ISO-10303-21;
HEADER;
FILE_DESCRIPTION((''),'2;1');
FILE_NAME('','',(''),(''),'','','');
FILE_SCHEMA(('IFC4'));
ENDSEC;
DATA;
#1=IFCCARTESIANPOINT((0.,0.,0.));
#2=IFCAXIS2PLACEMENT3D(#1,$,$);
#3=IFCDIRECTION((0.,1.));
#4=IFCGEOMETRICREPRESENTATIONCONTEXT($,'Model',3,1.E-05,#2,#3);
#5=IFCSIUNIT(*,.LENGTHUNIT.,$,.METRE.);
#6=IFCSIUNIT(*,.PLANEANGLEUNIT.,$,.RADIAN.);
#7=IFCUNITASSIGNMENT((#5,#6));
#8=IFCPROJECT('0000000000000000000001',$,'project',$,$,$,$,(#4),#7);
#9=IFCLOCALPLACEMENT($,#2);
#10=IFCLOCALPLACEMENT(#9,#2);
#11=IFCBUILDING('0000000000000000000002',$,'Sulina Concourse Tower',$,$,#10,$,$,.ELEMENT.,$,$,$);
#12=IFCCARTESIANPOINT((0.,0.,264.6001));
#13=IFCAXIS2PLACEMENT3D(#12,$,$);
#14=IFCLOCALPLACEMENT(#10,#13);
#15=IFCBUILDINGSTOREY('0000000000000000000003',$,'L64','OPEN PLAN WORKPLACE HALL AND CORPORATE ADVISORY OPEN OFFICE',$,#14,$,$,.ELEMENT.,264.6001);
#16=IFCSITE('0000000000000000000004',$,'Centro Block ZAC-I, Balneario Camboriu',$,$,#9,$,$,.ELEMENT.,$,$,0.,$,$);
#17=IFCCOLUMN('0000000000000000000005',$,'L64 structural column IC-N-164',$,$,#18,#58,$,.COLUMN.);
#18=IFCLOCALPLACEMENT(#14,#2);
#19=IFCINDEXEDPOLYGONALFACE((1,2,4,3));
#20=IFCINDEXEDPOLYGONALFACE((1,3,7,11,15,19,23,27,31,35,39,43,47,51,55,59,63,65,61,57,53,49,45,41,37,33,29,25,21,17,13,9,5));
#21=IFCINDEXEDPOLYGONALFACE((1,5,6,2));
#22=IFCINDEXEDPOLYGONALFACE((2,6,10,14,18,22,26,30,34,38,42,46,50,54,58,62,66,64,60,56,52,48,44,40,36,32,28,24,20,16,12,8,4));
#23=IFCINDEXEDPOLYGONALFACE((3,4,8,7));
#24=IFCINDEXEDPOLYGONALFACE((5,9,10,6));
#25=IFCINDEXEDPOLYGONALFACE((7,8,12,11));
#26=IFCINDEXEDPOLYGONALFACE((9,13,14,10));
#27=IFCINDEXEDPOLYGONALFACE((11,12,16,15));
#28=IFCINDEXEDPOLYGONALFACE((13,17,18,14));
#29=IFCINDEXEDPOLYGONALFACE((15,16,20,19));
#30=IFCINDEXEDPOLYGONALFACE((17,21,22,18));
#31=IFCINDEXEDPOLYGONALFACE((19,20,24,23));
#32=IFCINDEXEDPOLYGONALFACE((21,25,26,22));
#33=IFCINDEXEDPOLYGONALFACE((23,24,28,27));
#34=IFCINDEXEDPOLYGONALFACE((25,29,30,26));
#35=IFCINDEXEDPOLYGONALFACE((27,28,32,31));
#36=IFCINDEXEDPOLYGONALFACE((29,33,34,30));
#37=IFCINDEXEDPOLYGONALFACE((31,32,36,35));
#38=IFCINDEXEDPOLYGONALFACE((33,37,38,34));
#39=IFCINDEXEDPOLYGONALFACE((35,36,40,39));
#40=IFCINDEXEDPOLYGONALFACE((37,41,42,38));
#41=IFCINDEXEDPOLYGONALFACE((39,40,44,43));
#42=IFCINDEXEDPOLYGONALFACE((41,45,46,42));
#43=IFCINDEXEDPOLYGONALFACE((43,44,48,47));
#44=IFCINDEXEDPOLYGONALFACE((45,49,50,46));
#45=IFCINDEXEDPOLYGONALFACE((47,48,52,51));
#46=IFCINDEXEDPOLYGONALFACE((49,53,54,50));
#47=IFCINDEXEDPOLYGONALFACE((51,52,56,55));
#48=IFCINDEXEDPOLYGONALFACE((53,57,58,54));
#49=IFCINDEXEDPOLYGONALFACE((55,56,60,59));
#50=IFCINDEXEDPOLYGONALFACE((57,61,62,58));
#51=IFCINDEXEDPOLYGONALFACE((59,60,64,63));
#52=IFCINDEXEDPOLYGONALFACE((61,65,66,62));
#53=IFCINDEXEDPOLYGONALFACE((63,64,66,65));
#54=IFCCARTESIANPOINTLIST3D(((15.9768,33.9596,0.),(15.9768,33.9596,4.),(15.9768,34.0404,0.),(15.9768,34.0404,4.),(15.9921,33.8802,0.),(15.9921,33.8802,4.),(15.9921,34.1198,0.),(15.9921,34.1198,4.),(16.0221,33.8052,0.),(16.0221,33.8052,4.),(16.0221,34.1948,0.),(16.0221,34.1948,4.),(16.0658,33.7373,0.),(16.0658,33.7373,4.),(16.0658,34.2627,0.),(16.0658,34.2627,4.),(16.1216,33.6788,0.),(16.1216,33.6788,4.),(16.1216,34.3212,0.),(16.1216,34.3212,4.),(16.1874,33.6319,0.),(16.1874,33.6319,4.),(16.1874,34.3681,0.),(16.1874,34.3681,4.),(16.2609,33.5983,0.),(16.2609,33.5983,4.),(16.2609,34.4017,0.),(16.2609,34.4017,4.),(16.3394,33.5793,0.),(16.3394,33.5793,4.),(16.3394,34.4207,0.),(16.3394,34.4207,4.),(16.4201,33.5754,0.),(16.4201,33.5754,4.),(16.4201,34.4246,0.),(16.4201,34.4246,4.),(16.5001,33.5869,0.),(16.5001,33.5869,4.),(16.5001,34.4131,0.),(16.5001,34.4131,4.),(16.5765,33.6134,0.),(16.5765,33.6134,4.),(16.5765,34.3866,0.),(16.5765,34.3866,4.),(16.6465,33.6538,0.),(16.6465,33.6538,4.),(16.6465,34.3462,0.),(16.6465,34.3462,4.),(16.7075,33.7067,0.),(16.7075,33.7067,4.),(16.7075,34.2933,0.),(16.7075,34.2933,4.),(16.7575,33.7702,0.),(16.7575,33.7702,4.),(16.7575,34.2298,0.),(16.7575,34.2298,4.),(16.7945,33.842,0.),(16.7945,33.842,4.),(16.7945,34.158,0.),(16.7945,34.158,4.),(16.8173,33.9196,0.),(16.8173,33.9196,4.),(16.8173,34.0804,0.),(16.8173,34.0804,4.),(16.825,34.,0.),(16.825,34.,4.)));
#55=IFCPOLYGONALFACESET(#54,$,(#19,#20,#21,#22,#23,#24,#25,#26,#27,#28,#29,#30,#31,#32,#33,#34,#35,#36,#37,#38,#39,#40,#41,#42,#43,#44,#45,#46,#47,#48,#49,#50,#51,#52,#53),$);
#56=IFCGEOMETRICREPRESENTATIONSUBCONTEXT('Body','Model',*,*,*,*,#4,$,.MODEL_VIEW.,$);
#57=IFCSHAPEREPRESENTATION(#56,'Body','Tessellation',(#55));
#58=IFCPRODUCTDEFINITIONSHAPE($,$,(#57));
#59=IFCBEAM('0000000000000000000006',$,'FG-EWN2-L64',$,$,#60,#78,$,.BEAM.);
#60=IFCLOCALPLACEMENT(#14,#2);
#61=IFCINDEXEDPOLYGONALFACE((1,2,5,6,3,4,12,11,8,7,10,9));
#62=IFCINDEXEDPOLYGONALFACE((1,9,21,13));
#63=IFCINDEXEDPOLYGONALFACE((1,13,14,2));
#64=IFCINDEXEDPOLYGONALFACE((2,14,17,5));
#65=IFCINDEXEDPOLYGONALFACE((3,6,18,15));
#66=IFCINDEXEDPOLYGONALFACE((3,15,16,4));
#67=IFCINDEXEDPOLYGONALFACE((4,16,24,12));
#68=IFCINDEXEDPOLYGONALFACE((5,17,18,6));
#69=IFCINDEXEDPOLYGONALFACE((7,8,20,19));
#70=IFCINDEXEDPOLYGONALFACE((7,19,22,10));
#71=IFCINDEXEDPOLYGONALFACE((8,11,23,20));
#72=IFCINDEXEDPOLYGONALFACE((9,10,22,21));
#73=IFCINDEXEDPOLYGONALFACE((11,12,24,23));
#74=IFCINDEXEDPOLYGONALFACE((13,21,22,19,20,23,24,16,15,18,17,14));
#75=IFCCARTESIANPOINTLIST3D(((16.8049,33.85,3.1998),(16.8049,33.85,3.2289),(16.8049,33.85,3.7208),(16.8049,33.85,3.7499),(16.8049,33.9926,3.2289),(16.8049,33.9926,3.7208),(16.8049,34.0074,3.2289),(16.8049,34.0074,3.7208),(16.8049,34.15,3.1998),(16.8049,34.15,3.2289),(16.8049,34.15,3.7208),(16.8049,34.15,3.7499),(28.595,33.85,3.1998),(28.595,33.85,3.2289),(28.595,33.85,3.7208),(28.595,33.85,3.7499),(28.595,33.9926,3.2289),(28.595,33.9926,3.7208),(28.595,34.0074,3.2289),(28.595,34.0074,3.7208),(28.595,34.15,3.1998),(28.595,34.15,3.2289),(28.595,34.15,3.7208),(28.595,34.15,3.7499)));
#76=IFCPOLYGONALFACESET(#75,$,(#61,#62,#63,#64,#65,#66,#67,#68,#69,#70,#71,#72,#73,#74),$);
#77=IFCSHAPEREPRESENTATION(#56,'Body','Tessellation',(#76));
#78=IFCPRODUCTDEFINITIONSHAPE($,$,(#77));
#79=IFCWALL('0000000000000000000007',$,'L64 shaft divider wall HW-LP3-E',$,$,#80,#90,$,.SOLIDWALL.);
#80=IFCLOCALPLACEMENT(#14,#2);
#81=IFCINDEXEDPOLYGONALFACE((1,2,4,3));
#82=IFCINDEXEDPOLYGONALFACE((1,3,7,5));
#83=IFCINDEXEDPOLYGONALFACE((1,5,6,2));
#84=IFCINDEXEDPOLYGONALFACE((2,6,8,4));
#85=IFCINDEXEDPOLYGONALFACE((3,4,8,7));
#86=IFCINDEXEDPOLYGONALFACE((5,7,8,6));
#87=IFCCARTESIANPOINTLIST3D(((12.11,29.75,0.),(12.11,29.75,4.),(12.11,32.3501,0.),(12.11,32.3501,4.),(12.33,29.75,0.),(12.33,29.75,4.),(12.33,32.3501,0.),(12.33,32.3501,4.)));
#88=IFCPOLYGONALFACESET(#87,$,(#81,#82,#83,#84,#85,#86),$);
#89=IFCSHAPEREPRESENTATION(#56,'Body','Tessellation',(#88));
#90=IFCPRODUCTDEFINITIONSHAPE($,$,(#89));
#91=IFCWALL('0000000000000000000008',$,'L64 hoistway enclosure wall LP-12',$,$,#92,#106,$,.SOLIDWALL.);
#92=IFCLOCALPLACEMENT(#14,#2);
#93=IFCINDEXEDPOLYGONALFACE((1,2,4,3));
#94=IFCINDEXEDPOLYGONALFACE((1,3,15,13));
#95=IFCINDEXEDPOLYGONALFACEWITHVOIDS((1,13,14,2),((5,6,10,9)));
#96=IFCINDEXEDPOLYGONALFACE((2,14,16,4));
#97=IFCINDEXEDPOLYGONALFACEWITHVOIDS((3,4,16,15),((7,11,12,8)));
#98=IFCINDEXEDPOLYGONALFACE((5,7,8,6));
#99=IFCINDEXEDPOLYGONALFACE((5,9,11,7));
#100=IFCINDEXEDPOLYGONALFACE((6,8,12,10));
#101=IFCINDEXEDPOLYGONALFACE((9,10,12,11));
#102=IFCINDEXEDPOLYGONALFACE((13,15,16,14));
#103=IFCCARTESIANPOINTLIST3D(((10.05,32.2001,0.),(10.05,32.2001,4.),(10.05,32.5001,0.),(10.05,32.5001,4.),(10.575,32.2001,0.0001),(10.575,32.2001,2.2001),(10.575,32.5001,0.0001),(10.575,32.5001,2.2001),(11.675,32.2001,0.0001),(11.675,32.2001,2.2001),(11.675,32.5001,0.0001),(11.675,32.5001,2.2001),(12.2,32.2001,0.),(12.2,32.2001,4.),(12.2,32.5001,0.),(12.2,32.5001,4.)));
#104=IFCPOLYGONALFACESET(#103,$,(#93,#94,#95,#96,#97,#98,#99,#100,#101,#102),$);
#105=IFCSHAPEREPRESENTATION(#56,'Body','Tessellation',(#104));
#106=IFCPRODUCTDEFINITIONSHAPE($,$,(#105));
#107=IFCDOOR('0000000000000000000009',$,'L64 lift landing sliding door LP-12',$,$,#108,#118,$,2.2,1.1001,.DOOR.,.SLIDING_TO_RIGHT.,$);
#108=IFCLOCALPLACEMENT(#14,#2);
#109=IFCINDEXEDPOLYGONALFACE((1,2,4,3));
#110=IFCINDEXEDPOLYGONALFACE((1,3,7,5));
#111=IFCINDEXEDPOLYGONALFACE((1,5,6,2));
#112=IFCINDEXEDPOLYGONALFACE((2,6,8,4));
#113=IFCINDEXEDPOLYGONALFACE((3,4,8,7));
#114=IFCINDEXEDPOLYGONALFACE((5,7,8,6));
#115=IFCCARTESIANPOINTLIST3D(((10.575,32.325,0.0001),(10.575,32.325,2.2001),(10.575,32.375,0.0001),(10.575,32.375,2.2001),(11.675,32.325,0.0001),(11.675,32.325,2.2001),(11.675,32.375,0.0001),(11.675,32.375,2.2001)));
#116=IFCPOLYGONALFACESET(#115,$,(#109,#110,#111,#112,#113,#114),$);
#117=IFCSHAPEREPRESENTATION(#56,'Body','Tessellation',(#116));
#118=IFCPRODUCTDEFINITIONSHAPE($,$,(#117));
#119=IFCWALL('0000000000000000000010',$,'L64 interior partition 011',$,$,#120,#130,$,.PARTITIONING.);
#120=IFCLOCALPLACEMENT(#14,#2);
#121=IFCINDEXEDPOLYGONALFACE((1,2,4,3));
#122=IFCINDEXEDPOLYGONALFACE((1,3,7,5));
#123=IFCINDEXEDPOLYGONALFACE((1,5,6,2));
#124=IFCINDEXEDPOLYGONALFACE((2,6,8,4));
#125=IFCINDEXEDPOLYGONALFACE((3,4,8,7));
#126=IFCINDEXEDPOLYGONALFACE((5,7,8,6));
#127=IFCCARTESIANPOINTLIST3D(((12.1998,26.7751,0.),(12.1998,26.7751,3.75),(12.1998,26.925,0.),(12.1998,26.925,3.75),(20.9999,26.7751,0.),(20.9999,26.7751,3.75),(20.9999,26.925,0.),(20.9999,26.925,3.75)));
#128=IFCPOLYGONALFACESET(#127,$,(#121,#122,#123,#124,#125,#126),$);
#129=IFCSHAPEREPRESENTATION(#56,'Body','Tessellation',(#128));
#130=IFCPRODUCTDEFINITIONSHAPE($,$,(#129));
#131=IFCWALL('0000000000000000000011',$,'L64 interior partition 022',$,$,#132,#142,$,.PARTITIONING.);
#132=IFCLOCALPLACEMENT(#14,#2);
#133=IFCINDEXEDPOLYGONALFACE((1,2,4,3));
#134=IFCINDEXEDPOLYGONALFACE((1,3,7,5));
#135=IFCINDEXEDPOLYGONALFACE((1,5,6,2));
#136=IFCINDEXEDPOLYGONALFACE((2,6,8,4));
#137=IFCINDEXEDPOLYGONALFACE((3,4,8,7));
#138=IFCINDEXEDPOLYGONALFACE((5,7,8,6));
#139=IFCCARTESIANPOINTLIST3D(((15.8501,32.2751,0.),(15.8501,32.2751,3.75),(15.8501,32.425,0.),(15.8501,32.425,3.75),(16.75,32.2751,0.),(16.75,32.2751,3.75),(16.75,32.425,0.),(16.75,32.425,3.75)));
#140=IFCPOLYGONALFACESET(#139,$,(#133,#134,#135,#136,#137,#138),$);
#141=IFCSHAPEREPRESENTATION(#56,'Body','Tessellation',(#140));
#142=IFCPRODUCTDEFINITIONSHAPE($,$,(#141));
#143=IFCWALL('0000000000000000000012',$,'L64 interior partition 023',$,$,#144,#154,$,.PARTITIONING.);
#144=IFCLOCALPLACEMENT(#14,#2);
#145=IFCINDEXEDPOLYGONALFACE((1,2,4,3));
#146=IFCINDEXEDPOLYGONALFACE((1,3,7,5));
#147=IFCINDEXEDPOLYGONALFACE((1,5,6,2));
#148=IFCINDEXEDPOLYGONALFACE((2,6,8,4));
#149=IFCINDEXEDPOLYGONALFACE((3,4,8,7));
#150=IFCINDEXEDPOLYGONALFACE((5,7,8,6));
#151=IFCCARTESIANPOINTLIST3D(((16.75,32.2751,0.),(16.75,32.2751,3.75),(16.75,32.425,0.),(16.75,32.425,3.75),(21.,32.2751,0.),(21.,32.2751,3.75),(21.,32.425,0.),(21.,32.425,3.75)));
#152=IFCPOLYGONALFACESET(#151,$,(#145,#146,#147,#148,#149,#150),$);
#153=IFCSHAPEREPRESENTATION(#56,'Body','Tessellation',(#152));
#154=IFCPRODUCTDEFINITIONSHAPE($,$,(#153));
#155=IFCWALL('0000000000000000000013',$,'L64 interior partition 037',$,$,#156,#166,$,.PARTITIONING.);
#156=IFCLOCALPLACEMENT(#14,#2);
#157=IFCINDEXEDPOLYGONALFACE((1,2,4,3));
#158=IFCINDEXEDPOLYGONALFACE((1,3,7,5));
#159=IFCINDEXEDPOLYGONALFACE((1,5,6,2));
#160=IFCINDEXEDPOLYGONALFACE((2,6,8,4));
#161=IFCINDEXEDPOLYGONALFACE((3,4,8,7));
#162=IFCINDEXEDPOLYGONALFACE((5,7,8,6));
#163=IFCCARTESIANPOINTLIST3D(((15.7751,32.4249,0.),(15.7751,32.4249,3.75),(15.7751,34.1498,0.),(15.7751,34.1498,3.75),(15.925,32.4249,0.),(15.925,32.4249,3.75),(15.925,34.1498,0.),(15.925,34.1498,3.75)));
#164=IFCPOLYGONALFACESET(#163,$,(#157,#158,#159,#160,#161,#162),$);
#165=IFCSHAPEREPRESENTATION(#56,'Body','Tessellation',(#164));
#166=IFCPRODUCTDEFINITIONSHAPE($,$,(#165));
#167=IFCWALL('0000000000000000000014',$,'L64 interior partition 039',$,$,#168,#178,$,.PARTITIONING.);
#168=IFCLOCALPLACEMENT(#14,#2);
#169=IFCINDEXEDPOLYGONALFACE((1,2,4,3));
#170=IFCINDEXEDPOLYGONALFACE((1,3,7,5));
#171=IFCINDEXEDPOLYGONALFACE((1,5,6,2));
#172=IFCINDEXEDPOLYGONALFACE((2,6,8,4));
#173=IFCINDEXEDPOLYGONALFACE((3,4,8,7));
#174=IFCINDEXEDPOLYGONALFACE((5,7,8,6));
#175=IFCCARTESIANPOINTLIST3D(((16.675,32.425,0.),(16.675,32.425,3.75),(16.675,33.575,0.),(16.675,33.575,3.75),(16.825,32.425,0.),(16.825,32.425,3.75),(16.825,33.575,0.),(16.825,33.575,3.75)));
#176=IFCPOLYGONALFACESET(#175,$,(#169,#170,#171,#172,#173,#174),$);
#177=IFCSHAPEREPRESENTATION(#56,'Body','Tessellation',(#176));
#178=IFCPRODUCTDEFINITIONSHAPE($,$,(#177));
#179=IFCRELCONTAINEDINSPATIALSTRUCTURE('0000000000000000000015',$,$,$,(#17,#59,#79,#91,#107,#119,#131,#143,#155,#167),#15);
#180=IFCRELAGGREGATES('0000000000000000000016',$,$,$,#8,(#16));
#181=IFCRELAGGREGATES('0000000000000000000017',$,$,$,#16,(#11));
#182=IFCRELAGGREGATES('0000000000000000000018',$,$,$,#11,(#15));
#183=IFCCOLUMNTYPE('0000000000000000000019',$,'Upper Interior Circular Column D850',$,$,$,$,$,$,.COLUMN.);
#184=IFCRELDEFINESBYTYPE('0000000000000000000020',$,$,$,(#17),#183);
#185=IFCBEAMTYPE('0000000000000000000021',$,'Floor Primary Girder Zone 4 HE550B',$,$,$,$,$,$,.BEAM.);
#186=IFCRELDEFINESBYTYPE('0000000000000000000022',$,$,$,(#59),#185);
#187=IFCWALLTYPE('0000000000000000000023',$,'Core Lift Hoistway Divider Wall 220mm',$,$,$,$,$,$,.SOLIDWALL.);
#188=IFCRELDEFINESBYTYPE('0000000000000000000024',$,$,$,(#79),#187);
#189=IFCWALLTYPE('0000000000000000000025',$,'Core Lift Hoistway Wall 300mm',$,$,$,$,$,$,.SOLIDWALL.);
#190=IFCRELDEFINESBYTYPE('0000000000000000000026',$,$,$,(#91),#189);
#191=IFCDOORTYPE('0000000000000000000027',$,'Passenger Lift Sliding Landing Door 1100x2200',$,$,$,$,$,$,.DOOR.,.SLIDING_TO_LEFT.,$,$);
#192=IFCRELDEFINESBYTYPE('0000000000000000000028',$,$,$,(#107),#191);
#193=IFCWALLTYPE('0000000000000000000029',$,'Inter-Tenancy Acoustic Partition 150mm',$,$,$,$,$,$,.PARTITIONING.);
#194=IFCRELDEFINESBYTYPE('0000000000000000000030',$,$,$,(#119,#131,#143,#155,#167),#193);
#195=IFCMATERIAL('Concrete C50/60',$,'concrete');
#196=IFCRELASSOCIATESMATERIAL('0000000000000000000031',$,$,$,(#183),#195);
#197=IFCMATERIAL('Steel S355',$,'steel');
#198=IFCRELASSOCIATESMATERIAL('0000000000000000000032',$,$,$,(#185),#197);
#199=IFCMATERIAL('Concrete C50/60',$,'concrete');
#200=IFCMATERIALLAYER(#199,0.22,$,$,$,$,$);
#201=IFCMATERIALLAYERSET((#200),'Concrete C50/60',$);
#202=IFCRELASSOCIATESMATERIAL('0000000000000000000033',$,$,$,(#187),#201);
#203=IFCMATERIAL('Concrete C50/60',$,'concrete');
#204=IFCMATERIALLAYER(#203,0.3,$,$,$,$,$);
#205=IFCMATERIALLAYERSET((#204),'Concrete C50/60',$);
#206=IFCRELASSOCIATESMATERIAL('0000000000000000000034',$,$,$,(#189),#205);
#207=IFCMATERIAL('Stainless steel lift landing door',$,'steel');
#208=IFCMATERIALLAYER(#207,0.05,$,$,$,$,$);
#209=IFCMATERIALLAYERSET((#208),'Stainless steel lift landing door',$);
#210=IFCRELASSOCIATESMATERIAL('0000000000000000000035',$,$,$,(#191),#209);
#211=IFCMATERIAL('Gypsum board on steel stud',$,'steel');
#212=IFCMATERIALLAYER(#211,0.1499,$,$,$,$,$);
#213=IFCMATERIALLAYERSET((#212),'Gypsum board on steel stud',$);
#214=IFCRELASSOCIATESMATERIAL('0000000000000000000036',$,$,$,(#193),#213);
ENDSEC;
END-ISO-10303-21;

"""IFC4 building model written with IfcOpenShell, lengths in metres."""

from ifc_helpers import new_model, si_unit, direction, frame, frame_2d, origin, origin_2d, place, context, subcontext, project, spatial, rectangle, circle, i_section, extrude, material, layer, layer_set, material_profile, profile_set, type_object, element, fill, save


model = new_model("IFC4")

# Units and contexts
model_context = context("Model", 3, precision=1e-05, world=origin(), true_north=direction((0.0, 1.0)))
body_context = subcontext(model_context, "Body", "Model", "MODEL_VIEW")
ifc_project = project(units=[si_unit("LENGTHUNIT", "METRE"), si_unit("PLANEANGLEUNIT", "RADIAN")], contexts=[model_context])

# Site, building, storey
site_placement = place(None, origin())
site = spatial("IfcSite", under=ifc_project, at=site_placement, Name="Centro Block ZAC-I, Balneario Camboriu", CompositionType="ELEMENT", RefElevation=0.0)
building_placement = place(site_placement, origin())
building = spatial("IfcBuilding", under=site, at=building_placement, Name="Sulina Concourse Tower", CompositionType="ELEMENT")
storey_placement = place(building_placement, frame((0.0, 0.0, 264.6001)))
storey = spatial("IfcBuildingStorey", under=building, at=storey_placement, Name="L64", Description="OPEN PLAN WORKPLACE HALL AND CORPORATE ADVISORY OPEN OFFICE", CompositionType="ELEMENT", Elevation=264.6001)

# Column
ifc_material_1 = material(Name="Concrete C50/60", Category="concrete")
ifc_material_profile_1 = material_profile(ifc_material_1, circle(Radius=0.425, at=origin_2d()), Name="RC D850")
ifc_profile_set_1 = profile_set([ifc_material_profile_1], Name="Concrete C50/60")
column_type = type_object("IfcColumnType", Name="Upper Interior Circular Column D850", PredefinedType="COLUMN", material=ifc_profile_set_1)
column_placement = place(storey_placement, frame((16.3999, 34.0, 0.0), z_axis=(0.0, 0.0, 1.0), x_axis=(1.0, 0.0, 0.0)))
element("IfcColumn", 1, at=column_placement, inside=storey, type_object=column_type, Name="L64 structural column IC-N-164", PredefinedType="COLUMN", context=body_context, shape_type="SweptSolid", body=[
    extrude(circle(Radius=0.425, at=origin_2d()), origin(), (0.0, 0.0, 1.0), 4.0),
])

# Beam
ifc_material_2 = material(Name="Steel S355", Category="steel")
ifc_material_profile_2 = material_profile(ifc_material_2, i_section(OverallWidth=0.3, OverallDepth=0.55, WebThickness=0.0149, FlangeThickness=0.0291, at=origin_2d()), Name="HE 550 B")
ifc_profile_set_2 = profile_set([ifc_material_profile_2], Name="Steel S355")
beam_type = type_object("IfcBeamType", Name="Floor Primary Girder Zone 4 HE550B", PredefinedType="BEAM", material=ifc_profile_set_2)
beam_placement = place(storey_placement, frame((16.8049, 34.0, 3.4749), z_axis=(1.0, 0.0, 0.0), x_axis=(0.0, 1.0, 0.0)))
element("IfcBeam", 2, at=beam_placement, inside=storey, type_object=beam_type, Name="FG-EWN2-L64", PredefinedType="BEAM", context=body_context, shape_type="SweptSolid", body=[
    extrude(i_section(OverallWidth=0.3, OverallDepth=0.55, WebThickness=0.0149, FlangeThickness=0.0291, at=origin_2d()), origin(), (0.0, 0.0, 1.0), 11.79),
])

# Wall
ifc_material_3 = material(Name="Concrete C50/60", Category="concrete")
ifc_layer_1 = layer(ifc_material_3, 0.22)
ifc_layer_set_1 = layer_set([ifc_layer_1], Name="Concrete C50/60")
wall_type_1 = type_object("IfcWallType", Name="Core Lift Hoistway Divider Wall 220mm", PredefinedType="SOLIDWALL", material=ifc_layer_set_1)
wall_1_placement = place(storey_placement, frame((12.22, 29.75, 0.0), z_axis=(0.0, 0.0, 1.0), x_axis=(0.0, 1.0, 0.0)))
element("IfcWall", 3, at=wall_1_placement, inside=storey, type_object=wall_type_1, Name="L64 shaft divider wall HW-LP3-E", PredefinedType="SOLIDWALL", context=body_context, shape_type="SweptSolid", body=[
    extrude(rectangle(XDim=2.6001, YDim=0.22, at=frame_2d((1.3, 0.0))), origin(), (0.0, 0.0, 1.0), 4.0),
])

# Wall, opening, door
ifc_material_4 = material(Name="Concrete C50/60", Category="concrete")
ifc_layer_2 = layer(ifc_material_4, 0.3)
ifc_layer_set_2 = layer_set([ifc_layer_2], Name="Concrete C50/60")
wall_type_2 = type_object("IfcWallType", Name="Core Lift Hoistway Wall 300mm", PredefinedType="SOLIDWALL", material=ifc_layer_set_2)
wall_2_placement = place(storey_placement, frame((10.05, 32.3501, 0.0), z_axis=(0.0, 0.0, 1.0), x_axis=(1.0, 0.0, 0.0)))
wall_2 = element("IfcWall", 4, at=wall_2_placement, inside=storey, type_object=wall_type_2, Name="L64 hoistway enclosure wall LP-12", PredefinedType="SOLIDWALL", context=body_context, shape_type="SweptSolid", body=[
    extrude(rectangle(XDim=2.1499, YDim=0.3, at=frame_2d((1.075, 0.0))), origin(), (0.0, 0.0, 1.0), 4.0),
])
opening_1_placement = place(wall_2_placement, frame((0.5249, 0.0, 0.0)))
opening_1 = element("IfcOpeningElement", 5, at=opening_1_placement, cuts=wall_2, PredefinedType="OPENING", context=body_context, shape_type="SweptSolid", body=[
    extrude(rectangle(XDim=1.1001, YDim=2.2, at=frame_2d((0.55, 1.1001))), frame((0.0, 0.1599, 0.0), z_axis=(0.0, -1.0, 0.0), x_axis=(1.0, 0.0, 0.0)), (0.0, 0.0, 1.0), 0.3201),
])
ifc_material_5 = material(Name="Stainless steel lift landing door", Category="steel")
ifc_layer_3 = layer(ifc_material_5, 0.05)
ifc_layer_set_3 = layer_set([ifc_layer_3], Name="Stainless steel lift landing door")
door_type_1 = type_object("IfcDoorType", Name="Passenger Lift Sliding Landing Door 1100x2200", OperationType="SLIDING_TO_LEFT", PredefinedType="DOOR", material=ifc_layer_set_3)
door_1_placement = place(opening_1_placement, origin())
door_1 = element("IfcDoor", 6, at=door_1_placement, inside=storey, type_object=door_type_1, Name="L64 lift landing sliding door LP-12", OperationType="SLIDING_TO_RIGHT", OverallHeight=2.2, OverallWidth=1.1001, PredefinedType="DOOR", context=body_context, shape_type="SweptSolid", body=[
    extrude(rectangle(XDim=1.1001, YDim=2.2, at=frame_2d((0.55, 1.1001))), frame((0.0, 0.0249, 0.0), z_axis=(0.0, -1.0, 0.0), x_axis=(1.0, 0.0, 0.0)), (0.0, 0.0, 1.0), 0.05),
])
fill(opening_1, door_1)

# Wall
ifc_material_6 = material(Name="Gypsum board on steel stud", Category="steel")
ifc_layer_4 = layer(ifc_material_6, 0.1499)
ifc_layer_set_4 = layer_set([ifc_layer_4], Name="Gypsum board on steel stud")
wall_type_3 = type_object("IfcWallType", Name="Inter-Tenancy Acoustic Partition 150mm", PredefinedType="PARTITIONING", material=ifc_layer_set_4)
wall_3_placement = place(storey_placement, frame((12.2, 26.8501, 0.0), z_axis=(0.0, 0.0, 1.0), x_axis=(1.0, 0.0, 0.0)))
element("IfcWall", 7, at=wall_3_placement, inside=storey, type_object=wall_type_3, Name="L64 interior partition 011", PredefinedType="PARTITIONING", context=body_context, shape_type="SweptSolid", body=[
    extrude(rectangle(XDim=8.8, YDim=0.1499, at=frame_2d((4.3999, 0.0))), origin(), (0.0, 0.0, 1.0), 3.75),
])

# Walls
wall_4_placement = place(storey_placement, frame((15.8501, 32.3501, 0.0), z_axis=(0.0, 0.0, 1.0), x_axis=(1.0, 0.0, 0.0)))
element("IfcWall", 8, at=wall_4_placement, inside=storey, type_object=wall_type_3, Name="L64 interior partition 022", PredefinedType="PARTITIONING", context=body_context, shape_type="SweptSolid", body=[
    extrude(rectangle(XDim=0.8999, YDim=0.1499, at=frame_2d((0.45, 0.0))), origin(), (0.0, 0.0, 1.0), 3.75),
])
wall_5_placement = place(storey_placement, frame((16.75, 32.3501, 0.0), z_axis=(0.0, 0.0, 1.0), x_axis=(1.0, 0.0, 0.0)))
element("IfcWall", 9, at=wall_5_placement, inside=storey, type_object=wall_type_3, Name="L64 interior partition 023", PredefinedType="PARTITIONING", context=body_context, shape_type="SweptSolid", body=[
    extrude(rectangle(XDim=4.25, YDim=0.1499, at=frame_2d((2.125, 0.0))), origin(), (0.0, 0.0, 1.0), 3.75),
])
wall_6_placement = place(storey_placement, frame((15.8501, 32.425, 0.0), z_axis=(0.0, 0.0, 1.0), x_axis=(0.0, 1.0, 0.0)))
element("IfcWall", 10, at=wall_6_placement, inside=storey, type_object=wall_type_3, Name="L64 interior partition 037", PredefinedType="PARTITIONING", context=body_context, shape_type="SweptSolid", body=[
    extrude(rectangle(XDim=1.7249, YDim=0.1499, at=frame_2d((0.8623, 0.0))), origin(), (0.0, 0.0, 1.0), 3.75),
])
wall_7_placement = place(storey_placement, frame((16.75, 32.425, 0.0), z_axis=(0.0, 0.0, 1.0), x_axis=(0.0, 1.0, 0.0)))
element("IfcWall", 11, at=wall_7_placement, inside=storey, type_object=wall_type_3, Name="L64 interior partition 039", PredefinedType="PARTITIONING", context=body_context, shape_type="SweptSolid", body=[
    extrude(rectangle(XDim=1.1499, YDim=0.1499, at=frame_2d((0.575, 0.0))), origin(), (0.0, 0.0, 1.0), 3.75),
])

save(model, "model.ifc")
